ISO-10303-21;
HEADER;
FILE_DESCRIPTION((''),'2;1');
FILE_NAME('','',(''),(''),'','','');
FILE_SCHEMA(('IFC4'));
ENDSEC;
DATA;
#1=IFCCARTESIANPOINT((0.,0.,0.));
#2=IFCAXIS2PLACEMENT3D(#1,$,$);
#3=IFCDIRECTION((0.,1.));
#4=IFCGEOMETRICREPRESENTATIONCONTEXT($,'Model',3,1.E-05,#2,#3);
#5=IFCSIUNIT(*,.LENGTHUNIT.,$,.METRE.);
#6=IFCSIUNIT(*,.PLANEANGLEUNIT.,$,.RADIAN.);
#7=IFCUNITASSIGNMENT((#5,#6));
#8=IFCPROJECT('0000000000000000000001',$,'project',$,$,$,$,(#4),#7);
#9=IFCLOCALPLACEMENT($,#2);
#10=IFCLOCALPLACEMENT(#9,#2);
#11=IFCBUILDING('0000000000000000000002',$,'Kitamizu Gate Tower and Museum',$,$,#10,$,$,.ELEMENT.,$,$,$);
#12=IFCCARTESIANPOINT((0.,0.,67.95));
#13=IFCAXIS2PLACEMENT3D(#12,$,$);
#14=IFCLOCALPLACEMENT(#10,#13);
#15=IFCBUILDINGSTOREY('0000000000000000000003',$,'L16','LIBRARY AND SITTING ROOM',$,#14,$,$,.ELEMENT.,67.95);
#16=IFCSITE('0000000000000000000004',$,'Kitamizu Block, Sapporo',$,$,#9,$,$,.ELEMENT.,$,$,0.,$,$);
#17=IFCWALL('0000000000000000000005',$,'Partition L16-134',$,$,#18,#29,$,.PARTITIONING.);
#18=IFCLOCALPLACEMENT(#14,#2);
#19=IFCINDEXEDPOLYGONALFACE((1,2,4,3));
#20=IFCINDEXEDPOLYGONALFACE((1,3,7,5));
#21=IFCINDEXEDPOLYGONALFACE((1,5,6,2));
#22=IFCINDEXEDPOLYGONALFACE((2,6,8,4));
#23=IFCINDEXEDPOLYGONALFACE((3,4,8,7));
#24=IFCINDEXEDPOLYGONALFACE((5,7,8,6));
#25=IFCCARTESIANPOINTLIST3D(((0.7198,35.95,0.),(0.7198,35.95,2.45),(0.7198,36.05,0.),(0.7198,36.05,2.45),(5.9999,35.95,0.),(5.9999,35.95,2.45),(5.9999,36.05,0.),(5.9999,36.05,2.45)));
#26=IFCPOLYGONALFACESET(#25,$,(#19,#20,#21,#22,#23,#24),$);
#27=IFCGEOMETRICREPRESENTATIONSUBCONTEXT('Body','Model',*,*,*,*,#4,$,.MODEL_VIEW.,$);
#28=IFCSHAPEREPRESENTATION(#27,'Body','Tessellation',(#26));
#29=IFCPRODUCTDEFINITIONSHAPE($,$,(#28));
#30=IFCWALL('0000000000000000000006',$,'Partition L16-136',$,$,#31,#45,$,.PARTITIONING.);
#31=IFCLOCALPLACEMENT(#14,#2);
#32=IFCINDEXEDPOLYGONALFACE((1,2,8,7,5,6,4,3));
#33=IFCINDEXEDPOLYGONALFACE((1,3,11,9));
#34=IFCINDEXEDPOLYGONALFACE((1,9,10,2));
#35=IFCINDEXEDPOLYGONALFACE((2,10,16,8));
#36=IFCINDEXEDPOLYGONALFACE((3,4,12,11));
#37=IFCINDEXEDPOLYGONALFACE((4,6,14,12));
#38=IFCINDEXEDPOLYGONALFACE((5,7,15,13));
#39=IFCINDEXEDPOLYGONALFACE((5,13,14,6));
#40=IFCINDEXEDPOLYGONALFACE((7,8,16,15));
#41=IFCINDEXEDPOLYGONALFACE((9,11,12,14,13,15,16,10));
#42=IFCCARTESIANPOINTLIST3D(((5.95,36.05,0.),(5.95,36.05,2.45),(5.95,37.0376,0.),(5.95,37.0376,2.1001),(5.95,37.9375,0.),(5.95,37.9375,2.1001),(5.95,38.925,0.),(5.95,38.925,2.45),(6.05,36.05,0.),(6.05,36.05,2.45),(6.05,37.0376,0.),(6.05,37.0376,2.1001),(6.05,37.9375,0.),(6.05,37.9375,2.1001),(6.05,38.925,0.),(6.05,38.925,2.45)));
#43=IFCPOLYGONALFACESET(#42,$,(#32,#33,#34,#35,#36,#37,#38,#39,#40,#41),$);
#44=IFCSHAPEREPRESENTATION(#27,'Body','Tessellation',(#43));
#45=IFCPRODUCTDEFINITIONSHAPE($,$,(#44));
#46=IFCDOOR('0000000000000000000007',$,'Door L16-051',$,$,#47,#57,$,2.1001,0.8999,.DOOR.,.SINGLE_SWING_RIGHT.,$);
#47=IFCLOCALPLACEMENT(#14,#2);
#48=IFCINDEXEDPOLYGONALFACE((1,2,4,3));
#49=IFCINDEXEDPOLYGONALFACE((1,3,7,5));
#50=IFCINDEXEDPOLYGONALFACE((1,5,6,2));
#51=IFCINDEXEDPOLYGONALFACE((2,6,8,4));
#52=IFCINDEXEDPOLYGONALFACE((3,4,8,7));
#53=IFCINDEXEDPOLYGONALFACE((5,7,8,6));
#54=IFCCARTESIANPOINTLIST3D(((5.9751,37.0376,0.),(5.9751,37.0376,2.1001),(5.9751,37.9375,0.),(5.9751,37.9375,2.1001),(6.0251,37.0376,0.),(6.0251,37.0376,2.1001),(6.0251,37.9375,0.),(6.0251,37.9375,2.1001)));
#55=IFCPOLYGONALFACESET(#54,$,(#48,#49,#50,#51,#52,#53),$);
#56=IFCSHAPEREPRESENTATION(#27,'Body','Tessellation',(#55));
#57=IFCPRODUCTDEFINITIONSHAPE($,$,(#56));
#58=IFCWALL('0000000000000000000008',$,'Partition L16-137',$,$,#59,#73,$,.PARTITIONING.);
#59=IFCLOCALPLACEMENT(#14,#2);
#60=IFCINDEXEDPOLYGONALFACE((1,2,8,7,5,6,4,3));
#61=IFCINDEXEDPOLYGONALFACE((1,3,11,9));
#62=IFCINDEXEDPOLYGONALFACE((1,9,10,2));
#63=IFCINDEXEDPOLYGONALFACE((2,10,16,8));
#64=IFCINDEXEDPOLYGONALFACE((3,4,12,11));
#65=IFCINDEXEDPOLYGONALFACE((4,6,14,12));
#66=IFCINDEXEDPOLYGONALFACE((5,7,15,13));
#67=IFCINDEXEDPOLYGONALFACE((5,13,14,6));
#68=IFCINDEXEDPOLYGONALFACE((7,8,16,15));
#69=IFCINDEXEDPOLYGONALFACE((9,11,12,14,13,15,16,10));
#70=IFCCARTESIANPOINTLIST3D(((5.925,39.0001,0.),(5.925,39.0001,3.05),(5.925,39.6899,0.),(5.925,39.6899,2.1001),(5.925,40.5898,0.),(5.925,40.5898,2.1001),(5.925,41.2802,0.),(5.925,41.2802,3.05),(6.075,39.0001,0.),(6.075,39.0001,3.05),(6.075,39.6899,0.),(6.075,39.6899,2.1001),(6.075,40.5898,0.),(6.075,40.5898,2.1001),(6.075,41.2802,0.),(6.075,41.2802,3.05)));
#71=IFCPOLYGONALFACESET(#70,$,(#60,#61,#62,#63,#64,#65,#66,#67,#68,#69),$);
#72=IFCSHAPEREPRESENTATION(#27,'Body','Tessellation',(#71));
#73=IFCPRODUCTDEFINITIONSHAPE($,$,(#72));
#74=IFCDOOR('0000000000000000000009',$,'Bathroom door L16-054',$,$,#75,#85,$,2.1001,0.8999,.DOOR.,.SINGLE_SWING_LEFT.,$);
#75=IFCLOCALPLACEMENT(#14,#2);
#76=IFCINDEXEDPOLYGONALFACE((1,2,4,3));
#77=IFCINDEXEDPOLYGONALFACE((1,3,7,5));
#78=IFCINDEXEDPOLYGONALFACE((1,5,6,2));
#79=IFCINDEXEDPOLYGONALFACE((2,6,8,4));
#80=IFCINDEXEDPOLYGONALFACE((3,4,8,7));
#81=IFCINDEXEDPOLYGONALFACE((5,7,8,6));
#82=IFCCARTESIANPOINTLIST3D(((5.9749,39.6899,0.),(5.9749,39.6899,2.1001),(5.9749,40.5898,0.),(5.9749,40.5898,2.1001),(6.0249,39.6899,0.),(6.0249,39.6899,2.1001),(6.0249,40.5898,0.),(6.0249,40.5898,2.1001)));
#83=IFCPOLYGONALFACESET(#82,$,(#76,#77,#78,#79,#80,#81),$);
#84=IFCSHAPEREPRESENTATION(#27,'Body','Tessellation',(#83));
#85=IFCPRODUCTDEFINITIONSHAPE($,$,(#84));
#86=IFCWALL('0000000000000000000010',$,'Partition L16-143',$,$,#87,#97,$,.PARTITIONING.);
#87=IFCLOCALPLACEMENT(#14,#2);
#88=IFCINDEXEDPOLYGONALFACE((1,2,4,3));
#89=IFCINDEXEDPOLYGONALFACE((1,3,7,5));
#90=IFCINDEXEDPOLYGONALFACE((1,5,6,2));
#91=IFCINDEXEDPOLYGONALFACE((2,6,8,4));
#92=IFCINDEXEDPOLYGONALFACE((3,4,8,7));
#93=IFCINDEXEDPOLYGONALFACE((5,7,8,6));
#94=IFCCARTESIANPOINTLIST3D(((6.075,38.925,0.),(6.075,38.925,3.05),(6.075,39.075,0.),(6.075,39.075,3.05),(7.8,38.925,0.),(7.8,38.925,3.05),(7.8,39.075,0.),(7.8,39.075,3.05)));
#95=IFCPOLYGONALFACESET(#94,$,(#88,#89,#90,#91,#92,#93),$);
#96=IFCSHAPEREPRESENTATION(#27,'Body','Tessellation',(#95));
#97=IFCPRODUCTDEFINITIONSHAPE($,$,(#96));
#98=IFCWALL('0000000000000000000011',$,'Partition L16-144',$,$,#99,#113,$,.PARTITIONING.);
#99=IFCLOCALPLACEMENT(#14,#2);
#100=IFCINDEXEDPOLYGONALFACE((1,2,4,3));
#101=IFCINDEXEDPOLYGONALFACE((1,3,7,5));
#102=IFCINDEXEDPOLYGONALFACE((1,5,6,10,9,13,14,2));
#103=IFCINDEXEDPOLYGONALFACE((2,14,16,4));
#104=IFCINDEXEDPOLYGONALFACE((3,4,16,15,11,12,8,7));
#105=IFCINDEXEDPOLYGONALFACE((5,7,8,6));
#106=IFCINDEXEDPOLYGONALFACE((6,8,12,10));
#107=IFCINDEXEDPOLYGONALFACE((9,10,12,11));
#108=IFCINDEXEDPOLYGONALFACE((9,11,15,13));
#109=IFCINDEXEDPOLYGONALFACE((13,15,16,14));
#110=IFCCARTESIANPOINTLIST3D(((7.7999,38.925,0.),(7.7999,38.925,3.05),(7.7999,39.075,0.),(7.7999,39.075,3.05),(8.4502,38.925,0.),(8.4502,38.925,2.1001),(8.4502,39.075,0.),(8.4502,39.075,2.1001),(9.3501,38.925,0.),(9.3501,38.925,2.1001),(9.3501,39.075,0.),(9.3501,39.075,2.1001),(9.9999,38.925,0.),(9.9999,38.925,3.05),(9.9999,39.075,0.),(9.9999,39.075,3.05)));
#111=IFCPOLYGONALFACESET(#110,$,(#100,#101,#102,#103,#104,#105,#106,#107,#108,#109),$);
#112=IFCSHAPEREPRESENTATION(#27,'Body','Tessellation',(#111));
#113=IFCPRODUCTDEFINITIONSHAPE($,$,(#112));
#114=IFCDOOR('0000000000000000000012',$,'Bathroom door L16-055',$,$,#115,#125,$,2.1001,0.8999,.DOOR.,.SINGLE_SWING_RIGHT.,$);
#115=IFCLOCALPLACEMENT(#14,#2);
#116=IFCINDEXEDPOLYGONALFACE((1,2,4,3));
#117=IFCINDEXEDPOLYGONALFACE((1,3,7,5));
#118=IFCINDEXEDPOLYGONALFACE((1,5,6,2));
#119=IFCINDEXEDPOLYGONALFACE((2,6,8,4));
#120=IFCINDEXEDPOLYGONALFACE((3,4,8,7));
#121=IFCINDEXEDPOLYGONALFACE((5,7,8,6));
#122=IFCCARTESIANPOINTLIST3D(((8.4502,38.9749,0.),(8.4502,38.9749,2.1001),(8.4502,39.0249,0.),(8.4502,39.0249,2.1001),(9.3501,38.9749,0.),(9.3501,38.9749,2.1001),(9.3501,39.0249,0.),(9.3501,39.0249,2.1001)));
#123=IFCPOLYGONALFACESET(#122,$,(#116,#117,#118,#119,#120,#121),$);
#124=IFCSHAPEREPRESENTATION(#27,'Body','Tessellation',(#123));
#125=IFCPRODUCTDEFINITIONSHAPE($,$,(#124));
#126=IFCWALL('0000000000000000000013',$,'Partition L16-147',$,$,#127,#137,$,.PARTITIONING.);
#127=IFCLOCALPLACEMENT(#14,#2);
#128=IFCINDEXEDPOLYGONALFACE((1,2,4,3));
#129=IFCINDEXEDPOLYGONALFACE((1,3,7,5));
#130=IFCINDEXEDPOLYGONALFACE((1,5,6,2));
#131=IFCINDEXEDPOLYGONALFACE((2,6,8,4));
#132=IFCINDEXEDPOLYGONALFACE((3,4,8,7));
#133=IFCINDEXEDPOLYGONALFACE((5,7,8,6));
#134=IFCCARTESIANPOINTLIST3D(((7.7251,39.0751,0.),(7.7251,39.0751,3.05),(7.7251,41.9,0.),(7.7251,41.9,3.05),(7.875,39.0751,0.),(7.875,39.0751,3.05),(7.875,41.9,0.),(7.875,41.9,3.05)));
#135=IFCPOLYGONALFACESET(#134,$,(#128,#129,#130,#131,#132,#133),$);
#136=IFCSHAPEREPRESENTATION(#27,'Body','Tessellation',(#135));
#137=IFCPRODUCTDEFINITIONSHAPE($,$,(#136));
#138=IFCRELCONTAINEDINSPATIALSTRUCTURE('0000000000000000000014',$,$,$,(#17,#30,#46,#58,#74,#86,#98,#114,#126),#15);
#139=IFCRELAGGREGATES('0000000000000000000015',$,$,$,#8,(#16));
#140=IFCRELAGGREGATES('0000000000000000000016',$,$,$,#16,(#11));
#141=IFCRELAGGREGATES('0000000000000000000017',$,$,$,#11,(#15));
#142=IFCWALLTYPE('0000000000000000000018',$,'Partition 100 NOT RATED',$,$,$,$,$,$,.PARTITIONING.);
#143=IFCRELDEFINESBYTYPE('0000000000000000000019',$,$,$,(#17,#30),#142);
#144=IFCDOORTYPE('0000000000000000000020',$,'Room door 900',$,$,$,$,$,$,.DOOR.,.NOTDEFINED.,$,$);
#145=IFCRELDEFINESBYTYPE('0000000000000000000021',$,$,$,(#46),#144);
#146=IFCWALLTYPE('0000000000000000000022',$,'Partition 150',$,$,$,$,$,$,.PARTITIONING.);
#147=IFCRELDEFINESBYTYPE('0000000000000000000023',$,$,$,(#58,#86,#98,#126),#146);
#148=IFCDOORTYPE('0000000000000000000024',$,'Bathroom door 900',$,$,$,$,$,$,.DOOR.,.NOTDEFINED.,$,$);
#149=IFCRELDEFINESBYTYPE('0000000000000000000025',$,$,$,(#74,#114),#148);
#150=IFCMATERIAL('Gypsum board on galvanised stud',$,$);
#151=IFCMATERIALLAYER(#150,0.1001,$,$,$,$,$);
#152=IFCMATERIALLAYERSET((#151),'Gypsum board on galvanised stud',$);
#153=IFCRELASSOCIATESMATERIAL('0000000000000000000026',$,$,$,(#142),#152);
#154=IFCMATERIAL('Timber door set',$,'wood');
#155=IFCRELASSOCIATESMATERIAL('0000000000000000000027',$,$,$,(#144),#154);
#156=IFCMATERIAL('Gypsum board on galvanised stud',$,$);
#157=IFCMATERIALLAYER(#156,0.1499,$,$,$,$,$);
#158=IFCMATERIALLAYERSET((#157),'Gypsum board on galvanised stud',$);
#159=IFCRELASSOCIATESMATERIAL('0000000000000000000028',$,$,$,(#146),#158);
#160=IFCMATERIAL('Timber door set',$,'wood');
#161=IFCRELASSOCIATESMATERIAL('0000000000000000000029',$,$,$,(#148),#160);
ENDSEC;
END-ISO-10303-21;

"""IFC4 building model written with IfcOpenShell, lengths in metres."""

from ifc_helpers import new_model, si_unit, direction, frame, frame_2d, origin, place, context, subcontext, project, spatial, rectangle, extrude, material, layer, layer_set, type_object, element, fill, save


model = new_model("IFC4")

# Units and contexts
model_context = context("Model", 3, precision=1e-05, world=origin(), true_north=direction((0.0, 1.0)))
body_context = subcontext(model_context, "Body", "Model", "MODEL_VIEW")
ifc_project = project(units=[si_unit("LENGTHUNIT", "METRE"), si_unit("PLANEANGLEUNIT", "RADIAN")], contexts=[model_context])

# Site, building, storey
site_placement = place(None, origin())
site = spatial("IfcSite", under=ifc_project, at=site_placement, Name="Kitamizu Block, Sapporo", CompositionType="ELEMENT", RefElevation=0.0)
building_placement = place(site_placement, origin())
building = spatial("IfcBuilding", under=site, at=building_placement, Name="Kitamizu Gate Tower and Museum", CompositionType="ELEMENT")
storey_placement = place(building_placement, frame((0.0, 0.0, 67.95)))
storey = spatial("IfcBuildingStorey", under=building, at=storey_placement, Name="L16", Description="LIBRARY AND SITTING ROOM", CompositionType="ELEMENT", Elevation=67.95)

# Wall
ifc_material_1 = material(Name="Gypsum board on galvanised stud")
ifc_layer_1 = layer(ifc_material_1, 0.1001)
ifc_layer_set_1 = layer_set([ifc_layer_1], Name="Gypsum board on galvanised stud")
wall_type_1 = type_object("IfcWallType", Name="Partition 100 NOT RATED", PredefinedType="PARTITIONING", material=ifc_layer_set_1)
wall_1_placement = place(storey_placement, frame((6.0, 36.0, 0.0), z_axis=(0.0, 0.0, 1.0), x_axis=(-1.0, 0.0, 0.0)))
element("IfcWall", 1, at=wall_1_placement, inside=storey, type_object=wall_type_1, Name="Partition L16-134", PredefinedType="PARTITIONING", context=body_context, shape_type="SweptSolid", body=[
    extrude(rectangle(XDim=5.28, YDim=0.1001, at=frame_2d((2.6401, 0.0))), origin(), (0.0, 0.0, 1.0), 2.45),
])

# Walls, openings, doors
wall_2_placement = place(storey_placement, frame((6.0, 36.05, 0.0), z_axis=(0.0, 0.0, 1.0), x_axis=(0.0, 1.0, 0.0)))
wall_2 = element("IfcWall", 2, at=wall_2_placement, inside=storey, type_object=wall_type_1, Name="Partition L16-136", PredefinedType="PARTITIONING", context=body_context, shape_type="SweptSolid", body=[
    extrude(rectangle(XDim=2.875, YDim=0.1001, at=frame_2d((1.4375, 0.0))), origin(), (0.0, 0.0, 1.0), 2.45),
])
opening_1_placement = place(wall_2_placement, frame((0.9875, 0.0, 0.0)))
opening_1 = element("IfcOpeningElement", 3, at=opening_1_placement, cuts=wall_2, PredefinedType="OPENING", context=body_context, shape_type="SweptSolid", body=[
    extrude(rectangle(XDim=0.8999, YDim=2.1001, at=frame_2d((0.45, 1.05))), frame((0.0, 0.0601, 0.0), z_axis=(0.0, -1.0, 0.0), x_axis=(1.0, 0.0, 0.0)), (0.0, 0.0, 1.0), 0.1201),
])
ifc_material_2 = material(Name="Timber door set", Category="wood")
door_type_1 = type_object("IfcDoorType", Name="Room door 900", OperationType="NOTDEFINED", PredefinedType="DOOR", material=ifc_material_2)
door_1_placement = place(opening_1_placement, origin())
door_1 = element("IfcDoor", 4, at=door_1_placement, inside=storey, type_object=door_type_1, Name="Door L16-051", OperationType="SINGLE_SWING_RIGHT", OverallHeight=2.1001, OverallWidth=0.8999, PredefinedType="DOOR", context=body_context, shape_type="SweptSolid", body=[
    extrude(rectangle(XDim=0.8999, YDim=2.1001, at=frame_2d((0.45, 1.05))), frame((0.0, 0.0249, 0.0), z_axis=(0.0, -1.0, 0.0), x_axis=(1.0, 0.0, 0.0)), (0.0, 0.0, 1.0), 0.05),
])
fill(opening_1, door_1)
ifc_material_3 = material(Name="Gypsum board on galvanised stud")
ifc_layer_2 = layer(ifc_material_3, 0.1499)
ifc_layer_set_2 = layer_set([ifc_layer_2], Name="Gypsum board on galvanised stud")
wall_type_2 = type_object("IfcWallType", Name="Partition 150", PredefinedType="PARTITIONING", material=ifc_layer_set_2)
wall_3_placement = place(storey_placement, frame((6.0, 39.0, 0.0), z_axis=(0.0, 0.0, 1.0), x_axis=(0.0, 1.0, 0.0)))
wall_3 = element("IfcWall", 5, at=wall_3_placement, inside=storey, type_object=wall_type_2, Name="Partition L16-137", PredefinedType="PARTITIONING", context=body_context, shape_type="SweptSolid", body=[
    extrude(rectangle(XDim=2.28, YDim=0.1499, at=frame_2d((1.1401, 0.0))), origin(), (0.0, 0.0, 1.0), 3.05),
])
opening_2_placement = place(wall_3_placement, frame((0.6899, 0.0, 0.0)))
opening_2 = element("IfcOpeningElement", 6, at=opening_2_placement, cuts=wall_3, PredefinedType="OPENING", context=body_context, shape_type="SweptSolid", body=[
    extrude(rectangle(XDim=0.8999, YDim=2.1001, at=frame_2d((0.45, 1.05))), frame((0.0, 0.085, 0.0), z_axis=(0.0, -1.0, 0.0), x_axis=(1.0, 0.0, 0.0)), (0.0, 0.0, 1.0), 0.1699),
])
ifc_material_4 = material(Name="Timber door set", Category="wood")
door_type_2 = type_object("IfcDoorType", Name="Bathroom door 900", OperationType="NOTDEFINED", PredefinedType="DOOR", material=ifc_material_4)
door_2_placement = place(opening_2_placement, frame((0.8999, 0.0, 0.0), x_axis=(-1.0, 0.0, 0.0)))
door_2 = element("IfcDoor", 7, at=door_2_placement, inside=storey, type_object=door_type_2, Name="Bathroom door L16-054", OperationType="SINGLE_SWING_LEFT", OverallHeight=2.1001, OverallWidth=0.8999, PredefinedType="DOOR", context=body_context, shape_type="SweptSolid", body=[
    extrude(rectangle(XDim=0.8999, YDim=2.1001, at=frame_2d((0.45, 1.05))), frame((0.0, 0.0249, 0.0), z_axis=(0.0, -1.0, 0.0), x_axis=(1.0, 0.0, 0.0)), (0.0, 0.0, 1.0), 0.05),
])
fill(opening_2, door_2)

# Wall
wall_4_placement = place(storey_placement, frame((7.8, 39.0, 0.0), z_axis=(0.0, 0.0, 1.0), x_axis=(-1.0, 0.0, 0.0)))
element("IfcWall", 8, at=wall_4_placement, inside=storey, type_object=wall_type_2, Name="Partition L16-143", PredefinedType="PARTITIONING", context=body_context, shape_type="SweptSolid", body=[
    extrude(rectangle(XDim=1.7251, YDim=0.1499, at=frame_2d((0.8625, 0.0))), origin(), (0.0, 0.0, 1.0), 3.05),
])

# Wall, opening, door
wall_5_placement = place(storey_placement, frame((10.0, 39.0, 0.0), z_axis=(0.0, 0.0, 1.0), x_axis=(-1.0, 0.0, 0.0)))
wall_5 = element("IfcWall", 9, at=wall_5_placement, inside=storey, type_object=wall_type_2, Name="Partition L16-144", PredefinedType="PARTITIONING", context=body_context, shape_type="SweptSolid", body=[
    extrude(rectangle(XDim=2.2, YDim=0.1499, at=frame_2d((1.1001, 0.0))), origin(), (0.0, 0.0, 1.0), 3.05),
])
opening_3_placement = place(wall_5_placement, frame((0.6499, 0.0, 0.0)))
opening_3 = element("IfcOpeningElement", 10, at=opening_3_placement, cuts=wall_5, PredefinedType="OPENING", context=body_context, shape_type="SweptSolid", body=[
    extrude(rectangle(XDim=0.8999, YDim=2.1001, at=frame_2d((0.45, 1.05))), frame((0.0, 0.085, 0.0), z_axis=(0.0, -1.0, 0.0), x_axis=(1.0, 0.0, 0.0)), (0.0, 0.0, 1.0), 0.1699),
])
door_3_placement = place(opening_3_placement, frame((0.8999, 0.0, 0.0), x_axis=(-1.0, 0.0, 0.0)))
door_3 = element("IfcDoor", 11, at=door_3_placement, inside=storey, type_object=door_type_2, Name="Bathroom door L16-055", OperationType="SINGLE_SWING_RIGHT", OverallHeight=2.1001, OverallWidth=0.8999, PredefinedType="DOOR", context=body_context, shape_type="SweptSolid", body=[
    extrude(rectangle(XDim=0.8999, YDim=2.1001, at=frame_2d((0.45, 1.05))), frame((0.0, 0.0249, 0.0), z_axis=(0.0, -1.0, 0.0), x_axis=(1.0, 0.0, 0.0)), (0.0, 0.0, 1.0), 0.05),
])
fill(opening_3, door_3)

# Wall
wall_6_placement = place(storey_placement, frame((7.8, 39.075, 0.0), z_axis=(0.0, 0.0, 1.0), x_axis=(0.0, 1.0, 0.0)))
element("IfcWall", 12, at=wall_6_placement, inside=storey, type_object=wall_type_2, Name="Partition L16-147", PredefinedType="PARTITIONING", context=body_context, shape_type="SweptSolid", body=[
    extrude(rectangle(XDim=2.825, YDim=0.1499, at=frame_2d((1.4126, 0.0))), origin(), (0.0, 0.0, 1.0), 3.05),
])

save(model, "model.ifc")
